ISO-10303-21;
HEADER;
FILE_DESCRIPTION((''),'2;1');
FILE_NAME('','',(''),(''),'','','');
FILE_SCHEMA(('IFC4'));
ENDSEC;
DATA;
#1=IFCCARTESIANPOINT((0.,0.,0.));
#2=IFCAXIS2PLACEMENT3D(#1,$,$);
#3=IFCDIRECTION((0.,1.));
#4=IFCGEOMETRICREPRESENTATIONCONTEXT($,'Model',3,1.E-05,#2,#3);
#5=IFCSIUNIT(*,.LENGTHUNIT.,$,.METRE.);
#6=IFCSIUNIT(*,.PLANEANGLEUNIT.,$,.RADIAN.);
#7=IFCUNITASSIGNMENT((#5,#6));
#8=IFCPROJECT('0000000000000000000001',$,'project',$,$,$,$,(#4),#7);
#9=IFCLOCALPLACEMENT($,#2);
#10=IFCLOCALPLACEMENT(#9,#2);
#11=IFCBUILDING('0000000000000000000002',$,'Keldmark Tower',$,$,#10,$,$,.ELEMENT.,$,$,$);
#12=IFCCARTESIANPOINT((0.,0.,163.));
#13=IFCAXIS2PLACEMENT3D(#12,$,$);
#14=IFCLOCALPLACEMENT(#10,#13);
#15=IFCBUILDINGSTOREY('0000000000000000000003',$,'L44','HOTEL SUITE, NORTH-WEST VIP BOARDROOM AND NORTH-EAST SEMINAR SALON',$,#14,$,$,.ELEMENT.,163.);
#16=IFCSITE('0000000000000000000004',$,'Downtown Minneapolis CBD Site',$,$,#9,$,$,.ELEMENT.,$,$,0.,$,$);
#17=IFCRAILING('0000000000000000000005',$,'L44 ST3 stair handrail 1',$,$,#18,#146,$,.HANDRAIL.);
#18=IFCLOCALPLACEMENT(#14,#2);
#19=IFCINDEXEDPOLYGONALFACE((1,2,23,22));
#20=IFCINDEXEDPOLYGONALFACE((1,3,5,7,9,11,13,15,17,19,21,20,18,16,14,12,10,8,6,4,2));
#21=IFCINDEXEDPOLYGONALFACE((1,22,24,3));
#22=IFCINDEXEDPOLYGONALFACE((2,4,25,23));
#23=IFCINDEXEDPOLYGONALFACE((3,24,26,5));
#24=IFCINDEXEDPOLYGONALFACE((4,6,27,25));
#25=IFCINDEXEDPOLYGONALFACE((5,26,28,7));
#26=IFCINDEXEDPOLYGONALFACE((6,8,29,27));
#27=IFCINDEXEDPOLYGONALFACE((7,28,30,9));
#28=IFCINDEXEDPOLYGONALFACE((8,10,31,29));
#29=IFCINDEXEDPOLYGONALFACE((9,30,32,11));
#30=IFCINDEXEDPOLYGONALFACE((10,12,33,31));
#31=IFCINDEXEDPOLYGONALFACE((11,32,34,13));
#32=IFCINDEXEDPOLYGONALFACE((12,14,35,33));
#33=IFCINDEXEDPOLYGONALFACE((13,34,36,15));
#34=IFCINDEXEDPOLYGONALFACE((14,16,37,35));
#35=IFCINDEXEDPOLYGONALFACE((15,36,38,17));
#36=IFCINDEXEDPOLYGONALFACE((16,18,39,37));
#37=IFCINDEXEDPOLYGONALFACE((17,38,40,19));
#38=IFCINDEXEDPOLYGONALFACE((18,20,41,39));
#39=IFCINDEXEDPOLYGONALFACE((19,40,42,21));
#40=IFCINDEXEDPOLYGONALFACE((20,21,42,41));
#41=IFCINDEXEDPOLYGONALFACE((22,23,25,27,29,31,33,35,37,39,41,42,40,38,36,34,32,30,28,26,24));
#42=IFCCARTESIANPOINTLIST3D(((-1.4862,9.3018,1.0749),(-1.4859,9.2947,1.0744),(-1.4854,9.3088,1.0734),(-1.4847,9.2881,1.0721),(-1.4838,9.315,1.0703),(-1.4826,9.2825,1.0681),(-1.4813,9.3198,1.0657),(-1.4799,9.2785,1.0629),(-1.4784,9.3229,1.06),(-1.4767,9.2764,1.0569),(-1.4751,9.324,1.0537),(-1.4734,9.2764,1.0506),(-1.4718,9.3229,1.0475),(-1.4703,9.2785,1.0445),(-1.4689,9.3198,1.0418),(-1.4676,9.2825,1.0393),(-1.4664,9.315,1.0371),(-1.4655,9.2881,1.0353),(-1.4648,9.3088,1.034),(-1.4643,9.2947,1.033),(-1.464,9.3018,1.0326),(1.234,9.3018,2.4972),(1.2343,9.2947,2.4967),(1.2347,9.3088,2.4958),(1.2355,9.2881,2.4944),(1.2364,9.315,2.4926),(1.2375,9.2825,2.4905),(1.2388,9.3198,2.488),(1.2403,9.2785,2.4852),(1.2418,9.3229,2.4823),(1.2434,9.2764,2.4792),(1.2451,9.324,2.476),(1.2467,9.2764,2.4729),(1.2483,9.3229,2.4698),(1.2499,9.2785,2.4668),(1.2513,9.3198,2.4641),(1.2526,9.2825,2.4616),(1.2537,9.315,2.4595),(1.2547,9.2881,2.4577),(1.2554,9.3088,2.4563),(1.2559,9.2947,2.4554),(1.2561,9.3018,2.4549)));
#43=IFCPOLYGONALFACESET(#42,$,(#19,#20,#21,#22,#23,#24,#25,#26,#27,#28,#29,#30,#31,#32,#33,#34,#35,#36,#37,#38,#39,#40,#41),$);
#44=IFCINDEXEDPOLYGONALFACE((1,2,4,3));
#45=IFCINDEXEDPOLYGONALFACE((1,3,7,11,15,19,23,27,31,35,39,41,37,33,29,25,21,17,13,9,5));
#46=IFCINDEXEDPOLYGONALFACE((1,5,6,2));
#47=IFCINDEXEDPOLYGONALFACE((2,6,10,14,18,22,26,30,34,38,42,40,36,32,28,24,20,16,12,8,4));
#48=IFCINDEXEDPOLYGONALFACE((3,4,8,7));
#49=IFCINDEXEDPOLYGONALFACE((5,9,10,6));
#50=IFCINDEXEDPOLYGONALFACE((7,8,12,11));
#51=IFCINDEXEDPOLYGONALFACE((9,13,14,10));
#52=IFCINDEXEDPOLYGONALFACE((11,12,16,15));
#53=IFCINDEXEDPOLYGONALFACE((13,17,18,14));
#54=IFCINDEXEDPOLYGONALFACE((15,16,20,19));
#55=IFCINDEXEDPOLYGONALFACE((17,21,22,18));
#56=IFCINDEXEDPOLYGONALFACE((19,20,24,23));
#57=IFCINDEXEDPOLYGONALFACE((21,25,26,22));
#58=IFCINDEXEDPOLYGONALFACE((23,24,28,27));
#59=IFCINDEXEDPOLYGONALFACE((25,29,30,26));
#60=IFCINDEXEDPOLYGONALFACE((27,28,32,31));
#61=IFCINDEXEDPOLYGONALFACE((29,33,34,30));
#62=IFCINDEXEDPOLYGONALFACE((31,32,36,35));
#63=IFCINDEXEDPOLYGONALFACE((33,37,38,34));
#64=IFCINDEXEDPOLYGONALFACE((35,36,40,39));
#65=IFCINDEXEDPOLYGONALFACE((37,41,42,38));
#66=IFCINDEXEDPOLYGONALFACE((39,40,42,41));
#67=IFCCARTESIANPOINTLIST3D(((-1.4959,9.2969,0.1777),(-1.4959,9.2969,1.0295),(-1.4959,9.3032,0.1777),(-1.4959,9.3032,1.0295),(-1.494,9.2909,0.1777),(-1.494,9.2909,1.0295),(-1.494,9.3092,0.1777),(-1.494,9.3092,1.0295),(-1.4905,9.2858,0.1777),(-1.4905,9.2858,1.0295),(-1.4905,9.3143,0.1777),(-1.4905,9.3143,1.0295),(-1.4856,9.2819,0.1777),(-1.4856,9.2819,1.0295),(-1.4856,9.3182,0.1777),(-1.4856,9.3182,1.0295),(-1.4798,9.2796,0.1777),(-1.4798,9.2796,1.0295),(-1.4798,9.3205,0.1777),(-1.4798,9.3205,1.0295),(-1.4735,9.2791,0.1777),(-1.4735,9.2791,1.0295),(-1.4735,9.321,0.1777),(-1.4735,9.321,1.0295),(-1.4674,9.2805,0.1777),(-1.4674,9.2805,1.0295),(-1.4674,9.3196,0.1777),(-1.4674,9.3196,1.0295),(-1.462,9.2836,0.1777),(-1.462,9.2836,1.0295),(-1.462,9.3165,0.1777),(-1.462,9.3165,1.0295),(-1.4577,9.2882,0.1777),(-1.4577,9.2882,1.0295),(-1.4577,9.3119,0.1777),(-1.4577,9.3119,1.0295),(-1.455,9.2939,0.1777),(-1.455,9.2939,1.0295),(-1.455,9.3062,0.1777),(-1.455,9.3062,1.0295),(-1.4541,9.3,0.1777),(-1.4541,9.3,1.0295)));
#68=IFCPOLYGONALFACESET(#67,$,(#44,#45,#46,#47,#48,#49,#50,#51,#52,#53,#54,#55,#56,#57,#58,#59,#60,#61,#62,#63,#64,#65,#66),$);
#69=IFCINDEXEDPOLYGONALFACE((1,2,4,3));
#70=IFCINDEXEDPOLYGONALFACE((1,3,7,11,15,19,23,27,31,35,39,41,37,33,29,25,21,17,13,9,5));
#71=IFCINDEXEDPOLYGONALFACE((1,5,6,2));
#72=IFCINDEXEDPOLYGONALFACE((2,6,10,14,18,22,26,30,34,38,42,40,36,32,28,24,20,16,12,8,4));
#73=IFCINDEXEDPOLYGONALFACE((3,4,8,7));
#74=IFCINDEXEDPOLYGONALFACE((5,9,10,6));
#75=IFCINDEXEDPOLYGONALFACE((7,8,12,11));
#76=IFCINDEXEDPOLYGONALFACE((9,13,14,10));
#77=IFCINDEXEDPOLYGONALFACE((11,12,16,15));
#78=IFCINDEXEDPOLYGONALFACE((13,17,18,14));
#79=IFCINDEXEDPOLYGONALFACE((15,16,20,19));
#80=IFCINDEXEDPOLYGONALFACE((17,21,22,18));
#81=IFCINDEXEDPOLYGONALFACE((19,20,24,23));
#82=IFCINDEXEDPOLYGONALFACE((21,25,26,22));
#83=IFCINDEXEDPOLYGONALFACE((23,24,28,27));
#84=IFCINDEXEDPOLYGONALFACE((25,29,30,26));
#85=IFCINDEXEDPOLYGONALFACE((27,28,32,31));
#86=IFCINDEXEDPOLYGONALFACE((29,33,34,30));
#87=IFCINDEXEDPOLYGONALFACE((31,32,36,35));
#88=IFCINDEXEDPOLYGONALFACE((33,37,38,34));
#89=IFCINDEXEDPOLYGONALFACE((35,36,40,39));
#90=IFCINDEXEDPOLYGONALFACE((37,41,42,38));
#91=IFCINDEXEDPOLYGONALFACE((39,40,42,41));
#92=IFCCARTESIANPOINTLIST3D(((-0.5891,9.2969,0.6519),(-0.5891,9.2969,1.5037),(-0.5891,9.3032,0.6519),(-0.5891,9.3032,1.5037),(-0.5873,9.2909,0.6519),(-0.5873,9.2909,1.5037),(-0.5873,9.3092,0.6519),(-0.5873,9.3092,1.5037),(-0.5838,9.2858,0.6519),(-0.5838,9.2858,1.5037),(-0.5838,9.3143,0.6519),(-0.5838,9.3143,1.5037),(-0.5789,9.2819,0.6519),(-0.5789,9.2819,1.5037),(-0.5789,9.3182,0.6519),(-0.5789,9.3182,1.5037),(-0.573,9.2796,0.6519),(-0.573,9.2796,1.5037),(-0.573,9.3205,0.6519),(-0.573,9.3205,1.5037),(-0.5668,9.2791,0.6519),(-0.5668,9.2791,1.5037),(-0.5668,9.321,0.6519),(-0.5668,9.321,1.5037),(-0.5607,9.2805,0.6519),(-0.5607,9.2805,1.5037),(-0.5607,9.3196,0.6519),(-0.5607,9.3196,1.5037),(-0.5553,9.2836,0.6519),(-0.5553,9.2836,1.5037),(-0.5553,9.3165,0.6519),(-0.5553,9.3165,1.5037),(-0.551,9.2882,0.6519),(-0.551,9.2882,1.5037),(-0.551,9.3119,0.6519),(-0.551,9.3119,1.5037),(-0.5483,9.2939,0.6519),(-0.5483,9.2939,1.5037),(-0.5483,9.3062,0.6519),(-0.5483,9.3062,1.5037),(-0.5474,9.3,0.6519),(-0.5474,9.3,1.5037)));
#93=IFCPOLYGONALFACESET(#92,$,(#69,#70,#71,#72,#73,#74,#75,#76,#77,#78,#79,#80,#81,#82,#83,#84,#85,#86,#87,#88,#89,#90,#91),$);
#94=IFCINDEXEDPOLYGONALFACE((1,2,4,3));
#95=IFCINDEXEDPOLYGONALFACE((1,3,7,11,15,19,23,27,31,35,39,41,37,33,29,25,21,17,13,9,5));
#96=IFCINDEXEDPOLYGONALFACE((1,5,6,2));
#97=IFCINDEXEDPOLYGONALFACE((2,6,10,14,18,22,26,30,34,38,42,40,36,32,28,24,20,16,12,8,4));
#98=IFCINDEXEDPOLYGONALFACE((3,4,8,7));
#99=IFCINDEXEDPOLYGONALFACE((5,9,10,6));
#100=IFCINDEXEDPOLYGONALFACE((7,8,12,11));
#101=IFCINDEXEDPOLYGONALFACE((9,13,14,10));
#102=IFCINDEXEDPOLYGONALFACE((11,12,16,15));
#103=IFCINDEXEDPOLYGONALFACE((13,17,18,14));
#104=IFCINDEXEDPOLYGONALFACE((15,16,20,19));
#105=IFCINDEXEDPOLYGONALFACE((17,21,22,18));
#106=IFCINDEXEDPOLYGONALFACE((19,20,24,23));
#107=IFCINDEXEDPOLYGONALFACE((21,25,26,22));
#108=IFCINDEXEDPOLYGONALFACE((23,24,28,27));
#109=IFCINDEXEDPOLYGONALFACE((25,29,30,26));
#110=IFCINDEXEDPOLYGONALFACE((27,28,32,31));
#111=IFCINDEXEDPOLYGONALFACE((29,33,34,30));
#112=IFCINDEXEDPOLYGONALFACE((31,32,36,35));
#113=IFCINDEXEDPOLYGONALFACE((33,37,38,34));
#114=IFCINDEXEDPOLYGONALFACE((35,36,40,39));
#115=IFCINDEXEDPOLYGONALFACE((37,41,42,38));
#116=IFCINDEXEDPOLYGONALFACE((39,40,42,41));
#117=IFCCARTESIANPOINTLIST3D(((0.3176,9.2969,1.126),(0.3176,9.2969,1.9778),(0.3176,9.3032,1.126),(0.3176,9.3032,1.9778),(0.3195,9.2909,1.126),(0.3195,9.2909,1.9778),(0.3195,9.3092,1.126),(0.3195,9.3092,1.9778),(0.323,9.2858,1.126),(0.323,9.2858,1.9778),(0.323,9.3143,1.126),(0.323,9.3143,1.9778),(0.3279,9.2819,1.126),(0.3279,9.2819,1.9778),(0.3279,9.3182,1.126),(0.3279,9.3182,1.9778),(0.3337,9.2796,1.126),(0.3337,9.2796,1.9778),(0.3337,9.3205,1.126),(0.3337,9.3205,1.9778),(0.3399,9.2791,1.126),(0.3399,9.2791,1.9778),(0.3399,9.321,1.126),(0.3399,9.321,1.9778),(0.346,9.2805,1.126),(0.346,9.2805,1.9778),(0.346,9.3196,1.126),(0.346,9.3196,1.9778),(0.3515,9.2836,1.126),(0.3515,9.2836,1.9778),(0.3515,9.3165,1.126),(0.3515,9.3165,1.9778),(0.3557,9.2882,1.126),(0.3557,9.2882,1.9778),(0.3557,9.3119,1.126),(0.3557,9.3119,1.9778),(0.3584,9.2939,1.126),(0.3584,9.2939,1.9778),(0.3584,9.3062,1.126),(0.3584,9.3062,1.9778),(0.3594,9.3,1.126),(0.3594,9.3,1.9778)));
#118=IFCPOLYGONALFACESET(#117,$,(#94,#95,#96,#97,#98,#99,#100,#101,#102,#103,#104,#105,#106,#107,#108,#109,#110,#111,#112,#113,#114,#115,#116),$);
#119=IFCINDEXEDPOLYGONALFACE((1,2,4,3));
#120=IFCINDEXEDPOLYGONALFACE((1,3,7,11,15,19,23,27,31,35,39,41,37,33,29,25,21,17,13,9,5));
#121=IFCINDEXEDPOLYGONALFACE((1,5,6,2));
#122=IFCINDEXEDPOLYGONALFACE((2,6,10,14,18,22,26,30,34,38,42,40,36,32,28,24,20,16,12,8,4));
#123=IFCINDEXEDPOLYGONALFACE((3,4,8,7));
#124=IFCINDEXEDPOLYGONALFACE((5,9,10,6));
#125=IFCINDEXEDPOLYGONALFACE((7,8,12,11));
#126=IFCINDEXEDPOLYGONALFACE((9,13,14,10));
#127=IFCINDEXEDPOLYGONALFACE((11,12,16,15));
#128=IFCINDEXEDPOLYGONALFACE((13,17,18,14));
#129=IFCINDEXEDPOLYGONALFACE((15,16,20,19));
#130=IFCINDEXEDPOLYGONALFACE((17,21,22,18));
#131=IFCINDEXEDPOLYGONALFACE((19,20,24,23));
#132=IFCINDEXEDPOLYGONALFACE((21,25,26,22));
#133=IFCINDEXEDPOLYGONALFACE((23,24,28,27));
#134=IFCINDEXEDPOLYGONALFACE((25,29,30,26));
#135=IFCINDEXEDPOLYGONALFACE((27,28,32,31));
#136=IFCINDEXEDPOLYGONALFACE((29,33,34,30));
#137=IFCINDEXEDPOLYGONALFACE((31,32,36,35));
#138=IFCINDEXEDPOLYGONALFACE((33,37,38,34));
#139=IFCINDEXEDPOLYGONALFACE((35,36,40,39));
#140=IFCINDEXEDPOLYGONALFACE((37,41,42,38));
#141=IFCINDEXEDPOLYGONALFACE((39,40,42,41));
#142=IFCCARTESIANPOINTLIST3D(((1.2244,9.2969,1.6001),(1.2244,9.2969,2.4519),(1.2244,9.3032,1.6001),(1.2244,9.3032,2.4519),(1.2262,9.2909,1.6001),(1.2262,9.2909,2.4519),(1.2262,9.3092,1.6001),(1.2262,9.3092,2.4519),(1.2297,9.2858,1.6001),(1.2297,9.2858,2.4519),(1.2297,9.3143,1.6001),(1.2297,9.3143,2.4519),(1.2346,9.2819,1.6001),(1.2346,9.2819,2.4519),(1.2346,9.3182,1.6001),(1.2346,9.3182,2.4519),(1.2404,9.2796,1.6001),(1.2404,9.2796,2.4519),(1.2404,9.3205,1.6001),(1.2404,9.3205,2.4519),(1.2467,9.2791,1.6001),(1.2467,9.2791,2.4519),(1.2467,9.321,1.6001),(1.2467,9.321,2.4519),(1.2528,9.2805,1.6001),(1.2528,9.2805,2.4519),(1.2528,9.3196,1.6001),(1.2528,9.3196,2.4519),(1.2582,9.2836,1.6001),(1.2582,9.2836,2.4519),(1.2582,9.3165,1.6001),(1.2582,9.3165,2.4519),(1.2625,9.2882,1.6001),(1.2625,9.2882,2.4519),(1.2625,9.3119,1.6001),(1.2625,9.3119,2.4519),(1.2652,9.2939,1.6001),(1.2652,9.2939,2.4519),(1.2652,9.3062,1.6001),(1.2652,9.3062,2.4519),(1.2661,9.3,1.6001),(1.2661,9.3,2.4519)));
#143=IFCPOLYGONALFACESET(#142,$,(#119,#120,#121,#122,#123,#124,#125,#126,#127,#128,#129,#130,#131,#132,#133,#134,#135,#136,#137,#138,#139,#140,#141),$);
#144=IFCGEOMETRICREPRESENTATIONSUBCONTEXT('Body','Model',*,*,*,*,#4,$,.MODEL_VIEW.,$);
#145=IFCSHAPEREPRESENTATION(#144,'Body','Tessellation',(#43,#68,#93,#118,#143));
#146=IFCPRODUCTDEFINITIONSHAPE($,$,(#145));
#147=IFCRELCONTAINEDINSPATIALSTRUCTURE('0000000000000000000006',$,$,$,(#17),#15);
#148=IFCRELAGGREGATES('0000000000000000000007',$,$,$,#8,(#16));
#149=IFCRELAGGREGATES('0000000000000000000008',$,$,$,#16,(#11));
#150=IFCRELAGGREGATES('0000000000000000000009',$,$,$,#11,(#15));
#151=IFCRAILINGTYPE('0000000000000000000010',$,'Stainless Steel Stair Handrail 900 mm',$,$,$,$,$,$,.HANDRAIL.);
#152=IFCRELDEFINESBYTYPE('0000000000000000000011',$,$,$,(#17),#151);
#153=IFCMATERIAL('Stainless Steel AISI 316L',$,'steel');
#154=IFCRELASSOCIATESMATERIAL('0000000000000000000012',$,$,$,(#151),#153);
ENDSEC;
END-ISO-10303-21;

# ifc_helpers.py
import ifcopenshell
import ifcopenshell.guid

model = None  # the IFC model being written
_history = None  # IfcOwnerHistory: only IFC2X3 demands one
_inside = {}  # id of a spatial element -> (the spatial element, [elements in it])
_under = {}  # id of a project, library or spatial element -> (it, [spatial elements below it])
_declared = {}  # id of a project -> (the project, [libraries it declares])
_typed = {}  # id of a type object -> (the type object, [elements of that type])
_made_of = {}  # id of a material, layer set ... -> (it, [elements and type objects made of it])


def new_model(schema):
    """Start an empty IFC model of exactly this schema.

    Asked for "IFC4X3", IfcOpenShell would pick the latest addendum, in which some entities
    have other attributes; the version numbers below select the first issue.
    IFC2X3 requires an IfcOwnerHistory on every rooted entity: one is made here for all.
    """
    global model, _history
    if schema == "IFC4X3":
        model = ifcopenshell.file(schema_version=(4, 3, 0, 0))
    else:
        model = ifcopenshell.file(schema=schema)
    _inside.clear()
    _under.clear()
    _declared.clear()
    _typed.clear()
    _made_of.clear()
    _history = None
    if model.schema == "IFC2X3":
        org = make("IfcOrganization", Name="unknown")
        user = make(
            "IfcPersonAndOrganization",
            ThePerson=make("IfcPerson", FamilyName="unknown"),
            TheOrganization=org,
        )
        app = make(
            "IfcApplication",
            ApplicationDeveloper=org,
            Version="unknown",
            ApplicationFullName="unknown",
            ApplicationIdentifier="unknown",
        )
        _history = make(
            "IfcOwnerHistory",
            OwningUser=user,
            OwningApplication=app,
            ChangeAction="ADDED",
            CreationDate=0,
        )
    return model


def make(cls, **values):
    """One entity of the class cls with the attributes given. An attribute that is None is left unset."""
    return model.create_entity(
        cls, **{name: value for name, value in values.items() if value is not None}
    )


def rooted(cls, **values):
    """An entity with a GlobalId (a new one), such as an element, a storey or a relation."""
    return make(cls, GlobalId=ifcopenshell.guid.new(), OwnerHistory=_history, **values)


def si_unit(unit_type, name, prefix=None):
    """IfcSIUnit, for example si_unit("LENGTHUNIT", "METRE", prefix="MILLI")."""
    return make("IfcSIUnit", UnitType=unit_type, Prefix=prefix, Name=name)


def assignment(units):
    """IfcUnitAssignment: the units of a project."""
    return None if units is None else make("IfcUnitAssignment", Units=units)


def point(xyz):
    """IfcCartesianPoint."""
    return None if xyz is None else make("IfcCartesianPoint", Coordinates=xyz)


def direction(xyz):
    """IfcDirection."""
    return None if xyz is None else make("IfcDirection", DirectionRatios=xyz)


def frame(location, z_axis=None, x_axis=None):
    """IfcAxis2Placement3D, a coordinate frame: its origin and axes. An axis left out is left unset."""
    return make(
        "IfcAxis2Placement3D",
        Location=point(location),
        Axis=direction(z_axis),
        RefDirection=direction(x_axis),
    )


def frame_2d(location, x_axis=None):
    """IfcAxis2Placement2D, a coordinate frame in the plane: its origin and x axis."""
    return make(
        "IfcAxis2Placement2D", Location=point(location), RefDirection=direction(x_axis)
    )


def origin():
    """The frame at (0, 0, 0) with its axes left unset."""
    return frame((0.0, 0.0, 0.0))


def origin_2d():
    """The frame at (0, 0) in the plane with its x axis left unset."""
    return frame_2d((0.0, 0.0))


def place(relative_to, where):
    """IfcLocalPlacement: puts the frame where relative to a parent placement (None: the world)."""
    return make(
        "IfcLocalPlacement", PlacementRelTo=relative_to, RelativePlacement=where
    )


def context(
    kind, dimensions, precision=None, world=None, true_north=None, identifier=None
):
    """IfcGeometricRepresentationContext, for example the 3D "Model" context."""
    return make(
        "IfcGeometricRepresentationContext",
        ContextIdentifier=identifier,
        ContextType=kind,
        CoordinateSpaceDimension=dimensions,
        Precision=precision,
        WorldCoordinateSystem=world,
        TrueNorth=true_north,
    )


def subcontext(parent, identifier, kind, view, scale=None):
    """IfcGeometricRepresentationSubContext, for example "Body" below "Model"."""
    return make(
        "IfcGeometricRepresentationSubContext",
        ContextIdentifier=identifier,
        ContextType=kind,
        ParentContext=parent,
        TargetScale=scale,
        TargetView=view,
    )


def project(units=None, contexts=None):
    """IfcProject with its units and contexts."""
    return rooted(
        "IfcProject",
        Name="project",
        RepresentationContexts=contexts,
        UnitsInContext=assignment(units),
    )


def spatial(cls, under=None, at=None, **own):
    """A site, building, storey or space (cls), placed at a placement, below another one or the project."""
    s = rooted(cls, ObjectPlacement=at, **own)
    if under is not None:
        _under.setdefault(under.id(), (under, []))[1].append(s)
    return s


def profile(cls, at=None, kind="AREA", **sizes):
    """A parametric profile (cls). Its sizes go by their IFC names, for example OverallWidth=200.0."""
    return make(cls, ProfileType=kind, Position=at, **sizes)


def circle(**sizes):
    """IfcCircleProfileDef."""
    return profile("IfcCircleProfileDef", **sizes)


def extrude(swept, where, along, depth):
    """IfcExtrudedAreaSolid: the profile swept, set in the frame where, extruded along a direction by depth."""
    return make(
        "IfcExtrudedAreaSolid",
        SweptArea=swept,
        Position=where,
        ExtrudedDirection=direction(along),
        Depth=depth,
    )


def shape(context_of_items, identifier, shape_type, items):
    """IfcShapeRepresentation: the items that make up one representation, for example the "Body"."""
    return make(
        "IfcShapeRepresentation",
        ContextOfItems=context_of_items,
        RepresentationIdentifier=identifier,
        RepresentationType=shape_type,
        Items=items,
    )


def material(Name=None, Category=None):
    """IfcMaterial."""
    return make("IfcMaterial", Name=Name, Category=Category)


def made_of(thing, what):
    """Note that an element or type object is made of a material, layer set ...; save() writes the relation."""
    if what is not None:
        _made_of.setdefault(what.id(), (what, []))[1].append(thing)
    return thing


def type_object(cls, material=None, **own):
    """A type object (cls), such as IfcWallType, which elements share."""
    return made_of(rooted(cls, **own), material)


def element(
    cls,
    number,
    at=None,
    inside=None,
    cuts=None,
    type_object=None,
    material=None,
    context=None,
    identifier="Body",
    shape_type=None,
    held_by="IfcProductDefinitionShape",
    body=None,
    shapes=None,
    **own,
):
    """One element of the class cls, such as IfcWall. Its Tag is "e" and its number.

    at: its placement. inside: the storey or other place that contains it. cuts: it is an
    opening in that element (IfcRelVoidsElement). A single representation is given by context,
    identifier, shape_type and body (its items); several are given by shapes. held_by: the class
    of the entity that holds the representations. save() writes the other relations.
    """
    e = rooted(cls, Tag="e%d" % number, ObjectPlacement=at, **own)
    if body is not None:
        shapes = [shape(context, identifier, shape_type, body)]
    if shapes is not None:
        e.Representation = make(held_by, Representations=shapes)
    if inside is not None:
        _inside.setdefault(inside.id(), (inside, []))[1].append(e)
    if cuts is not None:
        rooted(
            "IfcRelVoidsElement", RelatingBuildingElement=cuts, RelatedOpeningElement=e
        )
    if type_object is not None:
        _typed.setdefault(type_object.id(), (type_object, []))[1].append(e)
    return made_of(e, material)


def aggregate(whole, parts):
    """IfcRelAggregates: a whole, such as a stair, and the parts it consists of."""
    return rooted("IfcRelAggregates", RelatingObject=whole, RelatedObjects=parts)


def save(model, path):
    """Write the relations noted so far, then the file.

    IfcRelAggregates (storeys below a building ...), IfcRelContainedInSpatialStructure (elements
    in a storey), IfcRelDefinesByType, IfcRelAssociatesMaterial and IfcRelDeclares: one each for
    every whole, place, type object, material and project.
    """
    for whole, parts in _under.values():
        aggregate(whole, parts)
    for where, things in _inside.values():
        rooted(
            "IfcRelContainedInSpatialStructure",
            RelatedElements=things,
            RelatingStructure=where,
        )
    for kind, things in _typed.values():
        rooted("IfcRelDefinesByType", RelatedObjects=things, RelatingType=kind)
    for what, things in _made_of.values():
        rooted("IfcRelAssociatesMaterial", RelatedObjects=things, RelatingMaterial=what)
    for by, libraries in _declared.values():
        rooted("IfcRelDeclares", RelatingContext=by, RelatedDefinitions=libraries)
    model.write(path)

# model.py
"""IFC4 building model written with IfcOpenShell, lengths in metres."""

from ifc_helpers import new_model, si_unit, direction, frame, origin, origin_2d, place, context, subcontext, project, spatial, circle, extrude, material, type_object, element, save


model = new_model("IFC4")

# Units and contexts
model_context = context("Model", 3, precision=1e-05, world=origin(), true_north=direction((0.0, 1.0)))
body_context = subcontext(model_context, "Body", "Model", "MODEL_VIEW")
ifc_project = project(units=[si_unit("LENGTHUNIT", "METRE"), si_unit("PLANEANGLEUNIT", "RADIAN")], contexts=[model_context])

# Site, building, storey
site_placement = place(None, origin())
site = spatial("IfcSite", under=ifc_project, at=site_placement, Name="Downtown Minneapolis CBD Site", CompositionType="ELEMENT", RefElevation=0.0)
building_placement = place(site_placement, origin())
building = spatial("IfcBuilding", under=site, at=building_placement, Name="Keldmark Tower", CompositionType="ELEMENT")
storey_placement = place(building_placement, frame((0.0, 0.0, 163.0)))
storey = spatial("IfcBuildingStorey", under=building, at=storey_placement, Name="L44", Description="HOTEL SUITE, NORTH-WEST VIP BOARDROOM AND NORTH-EAST SEMINAR SALON", CompositionType="ELEMENT", Elevation=163.0)

# Railing
ifc_material_1 = material(Name="Stainless Steel AISI 316L", Category="steel")
railing_type_1 = type_object("IfcRailingType", Name="Stainless Steel Stair Handrail 900 mm", PredefinedType="HANDRAIL", material=ifc_material_1)
railing_1_placement = place(storey_placement, frame((-1.4751, 9.3, 0.1777)))
element("IfcRailing", 1, at=railing_1_placement, inside=storey, type_object=railing_type_1, Name="L44 ST3 stair handrail 1", PredefinedType="HANDRAIL", context=body_context, shape_type="SweptSolid", body=[
    extrude(circle(Radius=0.0239, at=origin_2d()), frame((0.0, 0.0, 0.876), z_axis=(0.886168, 0.0, 0.463365), x_axis=(0.0, 1.0, 0.0)), (0.0, 0.0, 1.0), 3.0696),
    extrude(circle(Radius=0.021, at=origin_2d()), origin(), (0.0, 0.0, 1.0), 0.8518),
    extrude(circle(Radius=0.021, at=origin_2d()), frame((0.9067, 0.0, 0.4741)), (0.0, 0.0, 1.0), 0.8518),
    extrude(circle(Radius=0.021, at=origin_2d()), frame((1.8135, 0.0, 0.9482)), (0.0, 0.0, 1.0), 0.8518),
    extrude(circle(Radius=0.021, at=origin_2d()), frame((2.7202, 0.0, 1.4224)), (0.0, 0.0, 1.0), 0.8518),
])

save(model, "model.ifc")
